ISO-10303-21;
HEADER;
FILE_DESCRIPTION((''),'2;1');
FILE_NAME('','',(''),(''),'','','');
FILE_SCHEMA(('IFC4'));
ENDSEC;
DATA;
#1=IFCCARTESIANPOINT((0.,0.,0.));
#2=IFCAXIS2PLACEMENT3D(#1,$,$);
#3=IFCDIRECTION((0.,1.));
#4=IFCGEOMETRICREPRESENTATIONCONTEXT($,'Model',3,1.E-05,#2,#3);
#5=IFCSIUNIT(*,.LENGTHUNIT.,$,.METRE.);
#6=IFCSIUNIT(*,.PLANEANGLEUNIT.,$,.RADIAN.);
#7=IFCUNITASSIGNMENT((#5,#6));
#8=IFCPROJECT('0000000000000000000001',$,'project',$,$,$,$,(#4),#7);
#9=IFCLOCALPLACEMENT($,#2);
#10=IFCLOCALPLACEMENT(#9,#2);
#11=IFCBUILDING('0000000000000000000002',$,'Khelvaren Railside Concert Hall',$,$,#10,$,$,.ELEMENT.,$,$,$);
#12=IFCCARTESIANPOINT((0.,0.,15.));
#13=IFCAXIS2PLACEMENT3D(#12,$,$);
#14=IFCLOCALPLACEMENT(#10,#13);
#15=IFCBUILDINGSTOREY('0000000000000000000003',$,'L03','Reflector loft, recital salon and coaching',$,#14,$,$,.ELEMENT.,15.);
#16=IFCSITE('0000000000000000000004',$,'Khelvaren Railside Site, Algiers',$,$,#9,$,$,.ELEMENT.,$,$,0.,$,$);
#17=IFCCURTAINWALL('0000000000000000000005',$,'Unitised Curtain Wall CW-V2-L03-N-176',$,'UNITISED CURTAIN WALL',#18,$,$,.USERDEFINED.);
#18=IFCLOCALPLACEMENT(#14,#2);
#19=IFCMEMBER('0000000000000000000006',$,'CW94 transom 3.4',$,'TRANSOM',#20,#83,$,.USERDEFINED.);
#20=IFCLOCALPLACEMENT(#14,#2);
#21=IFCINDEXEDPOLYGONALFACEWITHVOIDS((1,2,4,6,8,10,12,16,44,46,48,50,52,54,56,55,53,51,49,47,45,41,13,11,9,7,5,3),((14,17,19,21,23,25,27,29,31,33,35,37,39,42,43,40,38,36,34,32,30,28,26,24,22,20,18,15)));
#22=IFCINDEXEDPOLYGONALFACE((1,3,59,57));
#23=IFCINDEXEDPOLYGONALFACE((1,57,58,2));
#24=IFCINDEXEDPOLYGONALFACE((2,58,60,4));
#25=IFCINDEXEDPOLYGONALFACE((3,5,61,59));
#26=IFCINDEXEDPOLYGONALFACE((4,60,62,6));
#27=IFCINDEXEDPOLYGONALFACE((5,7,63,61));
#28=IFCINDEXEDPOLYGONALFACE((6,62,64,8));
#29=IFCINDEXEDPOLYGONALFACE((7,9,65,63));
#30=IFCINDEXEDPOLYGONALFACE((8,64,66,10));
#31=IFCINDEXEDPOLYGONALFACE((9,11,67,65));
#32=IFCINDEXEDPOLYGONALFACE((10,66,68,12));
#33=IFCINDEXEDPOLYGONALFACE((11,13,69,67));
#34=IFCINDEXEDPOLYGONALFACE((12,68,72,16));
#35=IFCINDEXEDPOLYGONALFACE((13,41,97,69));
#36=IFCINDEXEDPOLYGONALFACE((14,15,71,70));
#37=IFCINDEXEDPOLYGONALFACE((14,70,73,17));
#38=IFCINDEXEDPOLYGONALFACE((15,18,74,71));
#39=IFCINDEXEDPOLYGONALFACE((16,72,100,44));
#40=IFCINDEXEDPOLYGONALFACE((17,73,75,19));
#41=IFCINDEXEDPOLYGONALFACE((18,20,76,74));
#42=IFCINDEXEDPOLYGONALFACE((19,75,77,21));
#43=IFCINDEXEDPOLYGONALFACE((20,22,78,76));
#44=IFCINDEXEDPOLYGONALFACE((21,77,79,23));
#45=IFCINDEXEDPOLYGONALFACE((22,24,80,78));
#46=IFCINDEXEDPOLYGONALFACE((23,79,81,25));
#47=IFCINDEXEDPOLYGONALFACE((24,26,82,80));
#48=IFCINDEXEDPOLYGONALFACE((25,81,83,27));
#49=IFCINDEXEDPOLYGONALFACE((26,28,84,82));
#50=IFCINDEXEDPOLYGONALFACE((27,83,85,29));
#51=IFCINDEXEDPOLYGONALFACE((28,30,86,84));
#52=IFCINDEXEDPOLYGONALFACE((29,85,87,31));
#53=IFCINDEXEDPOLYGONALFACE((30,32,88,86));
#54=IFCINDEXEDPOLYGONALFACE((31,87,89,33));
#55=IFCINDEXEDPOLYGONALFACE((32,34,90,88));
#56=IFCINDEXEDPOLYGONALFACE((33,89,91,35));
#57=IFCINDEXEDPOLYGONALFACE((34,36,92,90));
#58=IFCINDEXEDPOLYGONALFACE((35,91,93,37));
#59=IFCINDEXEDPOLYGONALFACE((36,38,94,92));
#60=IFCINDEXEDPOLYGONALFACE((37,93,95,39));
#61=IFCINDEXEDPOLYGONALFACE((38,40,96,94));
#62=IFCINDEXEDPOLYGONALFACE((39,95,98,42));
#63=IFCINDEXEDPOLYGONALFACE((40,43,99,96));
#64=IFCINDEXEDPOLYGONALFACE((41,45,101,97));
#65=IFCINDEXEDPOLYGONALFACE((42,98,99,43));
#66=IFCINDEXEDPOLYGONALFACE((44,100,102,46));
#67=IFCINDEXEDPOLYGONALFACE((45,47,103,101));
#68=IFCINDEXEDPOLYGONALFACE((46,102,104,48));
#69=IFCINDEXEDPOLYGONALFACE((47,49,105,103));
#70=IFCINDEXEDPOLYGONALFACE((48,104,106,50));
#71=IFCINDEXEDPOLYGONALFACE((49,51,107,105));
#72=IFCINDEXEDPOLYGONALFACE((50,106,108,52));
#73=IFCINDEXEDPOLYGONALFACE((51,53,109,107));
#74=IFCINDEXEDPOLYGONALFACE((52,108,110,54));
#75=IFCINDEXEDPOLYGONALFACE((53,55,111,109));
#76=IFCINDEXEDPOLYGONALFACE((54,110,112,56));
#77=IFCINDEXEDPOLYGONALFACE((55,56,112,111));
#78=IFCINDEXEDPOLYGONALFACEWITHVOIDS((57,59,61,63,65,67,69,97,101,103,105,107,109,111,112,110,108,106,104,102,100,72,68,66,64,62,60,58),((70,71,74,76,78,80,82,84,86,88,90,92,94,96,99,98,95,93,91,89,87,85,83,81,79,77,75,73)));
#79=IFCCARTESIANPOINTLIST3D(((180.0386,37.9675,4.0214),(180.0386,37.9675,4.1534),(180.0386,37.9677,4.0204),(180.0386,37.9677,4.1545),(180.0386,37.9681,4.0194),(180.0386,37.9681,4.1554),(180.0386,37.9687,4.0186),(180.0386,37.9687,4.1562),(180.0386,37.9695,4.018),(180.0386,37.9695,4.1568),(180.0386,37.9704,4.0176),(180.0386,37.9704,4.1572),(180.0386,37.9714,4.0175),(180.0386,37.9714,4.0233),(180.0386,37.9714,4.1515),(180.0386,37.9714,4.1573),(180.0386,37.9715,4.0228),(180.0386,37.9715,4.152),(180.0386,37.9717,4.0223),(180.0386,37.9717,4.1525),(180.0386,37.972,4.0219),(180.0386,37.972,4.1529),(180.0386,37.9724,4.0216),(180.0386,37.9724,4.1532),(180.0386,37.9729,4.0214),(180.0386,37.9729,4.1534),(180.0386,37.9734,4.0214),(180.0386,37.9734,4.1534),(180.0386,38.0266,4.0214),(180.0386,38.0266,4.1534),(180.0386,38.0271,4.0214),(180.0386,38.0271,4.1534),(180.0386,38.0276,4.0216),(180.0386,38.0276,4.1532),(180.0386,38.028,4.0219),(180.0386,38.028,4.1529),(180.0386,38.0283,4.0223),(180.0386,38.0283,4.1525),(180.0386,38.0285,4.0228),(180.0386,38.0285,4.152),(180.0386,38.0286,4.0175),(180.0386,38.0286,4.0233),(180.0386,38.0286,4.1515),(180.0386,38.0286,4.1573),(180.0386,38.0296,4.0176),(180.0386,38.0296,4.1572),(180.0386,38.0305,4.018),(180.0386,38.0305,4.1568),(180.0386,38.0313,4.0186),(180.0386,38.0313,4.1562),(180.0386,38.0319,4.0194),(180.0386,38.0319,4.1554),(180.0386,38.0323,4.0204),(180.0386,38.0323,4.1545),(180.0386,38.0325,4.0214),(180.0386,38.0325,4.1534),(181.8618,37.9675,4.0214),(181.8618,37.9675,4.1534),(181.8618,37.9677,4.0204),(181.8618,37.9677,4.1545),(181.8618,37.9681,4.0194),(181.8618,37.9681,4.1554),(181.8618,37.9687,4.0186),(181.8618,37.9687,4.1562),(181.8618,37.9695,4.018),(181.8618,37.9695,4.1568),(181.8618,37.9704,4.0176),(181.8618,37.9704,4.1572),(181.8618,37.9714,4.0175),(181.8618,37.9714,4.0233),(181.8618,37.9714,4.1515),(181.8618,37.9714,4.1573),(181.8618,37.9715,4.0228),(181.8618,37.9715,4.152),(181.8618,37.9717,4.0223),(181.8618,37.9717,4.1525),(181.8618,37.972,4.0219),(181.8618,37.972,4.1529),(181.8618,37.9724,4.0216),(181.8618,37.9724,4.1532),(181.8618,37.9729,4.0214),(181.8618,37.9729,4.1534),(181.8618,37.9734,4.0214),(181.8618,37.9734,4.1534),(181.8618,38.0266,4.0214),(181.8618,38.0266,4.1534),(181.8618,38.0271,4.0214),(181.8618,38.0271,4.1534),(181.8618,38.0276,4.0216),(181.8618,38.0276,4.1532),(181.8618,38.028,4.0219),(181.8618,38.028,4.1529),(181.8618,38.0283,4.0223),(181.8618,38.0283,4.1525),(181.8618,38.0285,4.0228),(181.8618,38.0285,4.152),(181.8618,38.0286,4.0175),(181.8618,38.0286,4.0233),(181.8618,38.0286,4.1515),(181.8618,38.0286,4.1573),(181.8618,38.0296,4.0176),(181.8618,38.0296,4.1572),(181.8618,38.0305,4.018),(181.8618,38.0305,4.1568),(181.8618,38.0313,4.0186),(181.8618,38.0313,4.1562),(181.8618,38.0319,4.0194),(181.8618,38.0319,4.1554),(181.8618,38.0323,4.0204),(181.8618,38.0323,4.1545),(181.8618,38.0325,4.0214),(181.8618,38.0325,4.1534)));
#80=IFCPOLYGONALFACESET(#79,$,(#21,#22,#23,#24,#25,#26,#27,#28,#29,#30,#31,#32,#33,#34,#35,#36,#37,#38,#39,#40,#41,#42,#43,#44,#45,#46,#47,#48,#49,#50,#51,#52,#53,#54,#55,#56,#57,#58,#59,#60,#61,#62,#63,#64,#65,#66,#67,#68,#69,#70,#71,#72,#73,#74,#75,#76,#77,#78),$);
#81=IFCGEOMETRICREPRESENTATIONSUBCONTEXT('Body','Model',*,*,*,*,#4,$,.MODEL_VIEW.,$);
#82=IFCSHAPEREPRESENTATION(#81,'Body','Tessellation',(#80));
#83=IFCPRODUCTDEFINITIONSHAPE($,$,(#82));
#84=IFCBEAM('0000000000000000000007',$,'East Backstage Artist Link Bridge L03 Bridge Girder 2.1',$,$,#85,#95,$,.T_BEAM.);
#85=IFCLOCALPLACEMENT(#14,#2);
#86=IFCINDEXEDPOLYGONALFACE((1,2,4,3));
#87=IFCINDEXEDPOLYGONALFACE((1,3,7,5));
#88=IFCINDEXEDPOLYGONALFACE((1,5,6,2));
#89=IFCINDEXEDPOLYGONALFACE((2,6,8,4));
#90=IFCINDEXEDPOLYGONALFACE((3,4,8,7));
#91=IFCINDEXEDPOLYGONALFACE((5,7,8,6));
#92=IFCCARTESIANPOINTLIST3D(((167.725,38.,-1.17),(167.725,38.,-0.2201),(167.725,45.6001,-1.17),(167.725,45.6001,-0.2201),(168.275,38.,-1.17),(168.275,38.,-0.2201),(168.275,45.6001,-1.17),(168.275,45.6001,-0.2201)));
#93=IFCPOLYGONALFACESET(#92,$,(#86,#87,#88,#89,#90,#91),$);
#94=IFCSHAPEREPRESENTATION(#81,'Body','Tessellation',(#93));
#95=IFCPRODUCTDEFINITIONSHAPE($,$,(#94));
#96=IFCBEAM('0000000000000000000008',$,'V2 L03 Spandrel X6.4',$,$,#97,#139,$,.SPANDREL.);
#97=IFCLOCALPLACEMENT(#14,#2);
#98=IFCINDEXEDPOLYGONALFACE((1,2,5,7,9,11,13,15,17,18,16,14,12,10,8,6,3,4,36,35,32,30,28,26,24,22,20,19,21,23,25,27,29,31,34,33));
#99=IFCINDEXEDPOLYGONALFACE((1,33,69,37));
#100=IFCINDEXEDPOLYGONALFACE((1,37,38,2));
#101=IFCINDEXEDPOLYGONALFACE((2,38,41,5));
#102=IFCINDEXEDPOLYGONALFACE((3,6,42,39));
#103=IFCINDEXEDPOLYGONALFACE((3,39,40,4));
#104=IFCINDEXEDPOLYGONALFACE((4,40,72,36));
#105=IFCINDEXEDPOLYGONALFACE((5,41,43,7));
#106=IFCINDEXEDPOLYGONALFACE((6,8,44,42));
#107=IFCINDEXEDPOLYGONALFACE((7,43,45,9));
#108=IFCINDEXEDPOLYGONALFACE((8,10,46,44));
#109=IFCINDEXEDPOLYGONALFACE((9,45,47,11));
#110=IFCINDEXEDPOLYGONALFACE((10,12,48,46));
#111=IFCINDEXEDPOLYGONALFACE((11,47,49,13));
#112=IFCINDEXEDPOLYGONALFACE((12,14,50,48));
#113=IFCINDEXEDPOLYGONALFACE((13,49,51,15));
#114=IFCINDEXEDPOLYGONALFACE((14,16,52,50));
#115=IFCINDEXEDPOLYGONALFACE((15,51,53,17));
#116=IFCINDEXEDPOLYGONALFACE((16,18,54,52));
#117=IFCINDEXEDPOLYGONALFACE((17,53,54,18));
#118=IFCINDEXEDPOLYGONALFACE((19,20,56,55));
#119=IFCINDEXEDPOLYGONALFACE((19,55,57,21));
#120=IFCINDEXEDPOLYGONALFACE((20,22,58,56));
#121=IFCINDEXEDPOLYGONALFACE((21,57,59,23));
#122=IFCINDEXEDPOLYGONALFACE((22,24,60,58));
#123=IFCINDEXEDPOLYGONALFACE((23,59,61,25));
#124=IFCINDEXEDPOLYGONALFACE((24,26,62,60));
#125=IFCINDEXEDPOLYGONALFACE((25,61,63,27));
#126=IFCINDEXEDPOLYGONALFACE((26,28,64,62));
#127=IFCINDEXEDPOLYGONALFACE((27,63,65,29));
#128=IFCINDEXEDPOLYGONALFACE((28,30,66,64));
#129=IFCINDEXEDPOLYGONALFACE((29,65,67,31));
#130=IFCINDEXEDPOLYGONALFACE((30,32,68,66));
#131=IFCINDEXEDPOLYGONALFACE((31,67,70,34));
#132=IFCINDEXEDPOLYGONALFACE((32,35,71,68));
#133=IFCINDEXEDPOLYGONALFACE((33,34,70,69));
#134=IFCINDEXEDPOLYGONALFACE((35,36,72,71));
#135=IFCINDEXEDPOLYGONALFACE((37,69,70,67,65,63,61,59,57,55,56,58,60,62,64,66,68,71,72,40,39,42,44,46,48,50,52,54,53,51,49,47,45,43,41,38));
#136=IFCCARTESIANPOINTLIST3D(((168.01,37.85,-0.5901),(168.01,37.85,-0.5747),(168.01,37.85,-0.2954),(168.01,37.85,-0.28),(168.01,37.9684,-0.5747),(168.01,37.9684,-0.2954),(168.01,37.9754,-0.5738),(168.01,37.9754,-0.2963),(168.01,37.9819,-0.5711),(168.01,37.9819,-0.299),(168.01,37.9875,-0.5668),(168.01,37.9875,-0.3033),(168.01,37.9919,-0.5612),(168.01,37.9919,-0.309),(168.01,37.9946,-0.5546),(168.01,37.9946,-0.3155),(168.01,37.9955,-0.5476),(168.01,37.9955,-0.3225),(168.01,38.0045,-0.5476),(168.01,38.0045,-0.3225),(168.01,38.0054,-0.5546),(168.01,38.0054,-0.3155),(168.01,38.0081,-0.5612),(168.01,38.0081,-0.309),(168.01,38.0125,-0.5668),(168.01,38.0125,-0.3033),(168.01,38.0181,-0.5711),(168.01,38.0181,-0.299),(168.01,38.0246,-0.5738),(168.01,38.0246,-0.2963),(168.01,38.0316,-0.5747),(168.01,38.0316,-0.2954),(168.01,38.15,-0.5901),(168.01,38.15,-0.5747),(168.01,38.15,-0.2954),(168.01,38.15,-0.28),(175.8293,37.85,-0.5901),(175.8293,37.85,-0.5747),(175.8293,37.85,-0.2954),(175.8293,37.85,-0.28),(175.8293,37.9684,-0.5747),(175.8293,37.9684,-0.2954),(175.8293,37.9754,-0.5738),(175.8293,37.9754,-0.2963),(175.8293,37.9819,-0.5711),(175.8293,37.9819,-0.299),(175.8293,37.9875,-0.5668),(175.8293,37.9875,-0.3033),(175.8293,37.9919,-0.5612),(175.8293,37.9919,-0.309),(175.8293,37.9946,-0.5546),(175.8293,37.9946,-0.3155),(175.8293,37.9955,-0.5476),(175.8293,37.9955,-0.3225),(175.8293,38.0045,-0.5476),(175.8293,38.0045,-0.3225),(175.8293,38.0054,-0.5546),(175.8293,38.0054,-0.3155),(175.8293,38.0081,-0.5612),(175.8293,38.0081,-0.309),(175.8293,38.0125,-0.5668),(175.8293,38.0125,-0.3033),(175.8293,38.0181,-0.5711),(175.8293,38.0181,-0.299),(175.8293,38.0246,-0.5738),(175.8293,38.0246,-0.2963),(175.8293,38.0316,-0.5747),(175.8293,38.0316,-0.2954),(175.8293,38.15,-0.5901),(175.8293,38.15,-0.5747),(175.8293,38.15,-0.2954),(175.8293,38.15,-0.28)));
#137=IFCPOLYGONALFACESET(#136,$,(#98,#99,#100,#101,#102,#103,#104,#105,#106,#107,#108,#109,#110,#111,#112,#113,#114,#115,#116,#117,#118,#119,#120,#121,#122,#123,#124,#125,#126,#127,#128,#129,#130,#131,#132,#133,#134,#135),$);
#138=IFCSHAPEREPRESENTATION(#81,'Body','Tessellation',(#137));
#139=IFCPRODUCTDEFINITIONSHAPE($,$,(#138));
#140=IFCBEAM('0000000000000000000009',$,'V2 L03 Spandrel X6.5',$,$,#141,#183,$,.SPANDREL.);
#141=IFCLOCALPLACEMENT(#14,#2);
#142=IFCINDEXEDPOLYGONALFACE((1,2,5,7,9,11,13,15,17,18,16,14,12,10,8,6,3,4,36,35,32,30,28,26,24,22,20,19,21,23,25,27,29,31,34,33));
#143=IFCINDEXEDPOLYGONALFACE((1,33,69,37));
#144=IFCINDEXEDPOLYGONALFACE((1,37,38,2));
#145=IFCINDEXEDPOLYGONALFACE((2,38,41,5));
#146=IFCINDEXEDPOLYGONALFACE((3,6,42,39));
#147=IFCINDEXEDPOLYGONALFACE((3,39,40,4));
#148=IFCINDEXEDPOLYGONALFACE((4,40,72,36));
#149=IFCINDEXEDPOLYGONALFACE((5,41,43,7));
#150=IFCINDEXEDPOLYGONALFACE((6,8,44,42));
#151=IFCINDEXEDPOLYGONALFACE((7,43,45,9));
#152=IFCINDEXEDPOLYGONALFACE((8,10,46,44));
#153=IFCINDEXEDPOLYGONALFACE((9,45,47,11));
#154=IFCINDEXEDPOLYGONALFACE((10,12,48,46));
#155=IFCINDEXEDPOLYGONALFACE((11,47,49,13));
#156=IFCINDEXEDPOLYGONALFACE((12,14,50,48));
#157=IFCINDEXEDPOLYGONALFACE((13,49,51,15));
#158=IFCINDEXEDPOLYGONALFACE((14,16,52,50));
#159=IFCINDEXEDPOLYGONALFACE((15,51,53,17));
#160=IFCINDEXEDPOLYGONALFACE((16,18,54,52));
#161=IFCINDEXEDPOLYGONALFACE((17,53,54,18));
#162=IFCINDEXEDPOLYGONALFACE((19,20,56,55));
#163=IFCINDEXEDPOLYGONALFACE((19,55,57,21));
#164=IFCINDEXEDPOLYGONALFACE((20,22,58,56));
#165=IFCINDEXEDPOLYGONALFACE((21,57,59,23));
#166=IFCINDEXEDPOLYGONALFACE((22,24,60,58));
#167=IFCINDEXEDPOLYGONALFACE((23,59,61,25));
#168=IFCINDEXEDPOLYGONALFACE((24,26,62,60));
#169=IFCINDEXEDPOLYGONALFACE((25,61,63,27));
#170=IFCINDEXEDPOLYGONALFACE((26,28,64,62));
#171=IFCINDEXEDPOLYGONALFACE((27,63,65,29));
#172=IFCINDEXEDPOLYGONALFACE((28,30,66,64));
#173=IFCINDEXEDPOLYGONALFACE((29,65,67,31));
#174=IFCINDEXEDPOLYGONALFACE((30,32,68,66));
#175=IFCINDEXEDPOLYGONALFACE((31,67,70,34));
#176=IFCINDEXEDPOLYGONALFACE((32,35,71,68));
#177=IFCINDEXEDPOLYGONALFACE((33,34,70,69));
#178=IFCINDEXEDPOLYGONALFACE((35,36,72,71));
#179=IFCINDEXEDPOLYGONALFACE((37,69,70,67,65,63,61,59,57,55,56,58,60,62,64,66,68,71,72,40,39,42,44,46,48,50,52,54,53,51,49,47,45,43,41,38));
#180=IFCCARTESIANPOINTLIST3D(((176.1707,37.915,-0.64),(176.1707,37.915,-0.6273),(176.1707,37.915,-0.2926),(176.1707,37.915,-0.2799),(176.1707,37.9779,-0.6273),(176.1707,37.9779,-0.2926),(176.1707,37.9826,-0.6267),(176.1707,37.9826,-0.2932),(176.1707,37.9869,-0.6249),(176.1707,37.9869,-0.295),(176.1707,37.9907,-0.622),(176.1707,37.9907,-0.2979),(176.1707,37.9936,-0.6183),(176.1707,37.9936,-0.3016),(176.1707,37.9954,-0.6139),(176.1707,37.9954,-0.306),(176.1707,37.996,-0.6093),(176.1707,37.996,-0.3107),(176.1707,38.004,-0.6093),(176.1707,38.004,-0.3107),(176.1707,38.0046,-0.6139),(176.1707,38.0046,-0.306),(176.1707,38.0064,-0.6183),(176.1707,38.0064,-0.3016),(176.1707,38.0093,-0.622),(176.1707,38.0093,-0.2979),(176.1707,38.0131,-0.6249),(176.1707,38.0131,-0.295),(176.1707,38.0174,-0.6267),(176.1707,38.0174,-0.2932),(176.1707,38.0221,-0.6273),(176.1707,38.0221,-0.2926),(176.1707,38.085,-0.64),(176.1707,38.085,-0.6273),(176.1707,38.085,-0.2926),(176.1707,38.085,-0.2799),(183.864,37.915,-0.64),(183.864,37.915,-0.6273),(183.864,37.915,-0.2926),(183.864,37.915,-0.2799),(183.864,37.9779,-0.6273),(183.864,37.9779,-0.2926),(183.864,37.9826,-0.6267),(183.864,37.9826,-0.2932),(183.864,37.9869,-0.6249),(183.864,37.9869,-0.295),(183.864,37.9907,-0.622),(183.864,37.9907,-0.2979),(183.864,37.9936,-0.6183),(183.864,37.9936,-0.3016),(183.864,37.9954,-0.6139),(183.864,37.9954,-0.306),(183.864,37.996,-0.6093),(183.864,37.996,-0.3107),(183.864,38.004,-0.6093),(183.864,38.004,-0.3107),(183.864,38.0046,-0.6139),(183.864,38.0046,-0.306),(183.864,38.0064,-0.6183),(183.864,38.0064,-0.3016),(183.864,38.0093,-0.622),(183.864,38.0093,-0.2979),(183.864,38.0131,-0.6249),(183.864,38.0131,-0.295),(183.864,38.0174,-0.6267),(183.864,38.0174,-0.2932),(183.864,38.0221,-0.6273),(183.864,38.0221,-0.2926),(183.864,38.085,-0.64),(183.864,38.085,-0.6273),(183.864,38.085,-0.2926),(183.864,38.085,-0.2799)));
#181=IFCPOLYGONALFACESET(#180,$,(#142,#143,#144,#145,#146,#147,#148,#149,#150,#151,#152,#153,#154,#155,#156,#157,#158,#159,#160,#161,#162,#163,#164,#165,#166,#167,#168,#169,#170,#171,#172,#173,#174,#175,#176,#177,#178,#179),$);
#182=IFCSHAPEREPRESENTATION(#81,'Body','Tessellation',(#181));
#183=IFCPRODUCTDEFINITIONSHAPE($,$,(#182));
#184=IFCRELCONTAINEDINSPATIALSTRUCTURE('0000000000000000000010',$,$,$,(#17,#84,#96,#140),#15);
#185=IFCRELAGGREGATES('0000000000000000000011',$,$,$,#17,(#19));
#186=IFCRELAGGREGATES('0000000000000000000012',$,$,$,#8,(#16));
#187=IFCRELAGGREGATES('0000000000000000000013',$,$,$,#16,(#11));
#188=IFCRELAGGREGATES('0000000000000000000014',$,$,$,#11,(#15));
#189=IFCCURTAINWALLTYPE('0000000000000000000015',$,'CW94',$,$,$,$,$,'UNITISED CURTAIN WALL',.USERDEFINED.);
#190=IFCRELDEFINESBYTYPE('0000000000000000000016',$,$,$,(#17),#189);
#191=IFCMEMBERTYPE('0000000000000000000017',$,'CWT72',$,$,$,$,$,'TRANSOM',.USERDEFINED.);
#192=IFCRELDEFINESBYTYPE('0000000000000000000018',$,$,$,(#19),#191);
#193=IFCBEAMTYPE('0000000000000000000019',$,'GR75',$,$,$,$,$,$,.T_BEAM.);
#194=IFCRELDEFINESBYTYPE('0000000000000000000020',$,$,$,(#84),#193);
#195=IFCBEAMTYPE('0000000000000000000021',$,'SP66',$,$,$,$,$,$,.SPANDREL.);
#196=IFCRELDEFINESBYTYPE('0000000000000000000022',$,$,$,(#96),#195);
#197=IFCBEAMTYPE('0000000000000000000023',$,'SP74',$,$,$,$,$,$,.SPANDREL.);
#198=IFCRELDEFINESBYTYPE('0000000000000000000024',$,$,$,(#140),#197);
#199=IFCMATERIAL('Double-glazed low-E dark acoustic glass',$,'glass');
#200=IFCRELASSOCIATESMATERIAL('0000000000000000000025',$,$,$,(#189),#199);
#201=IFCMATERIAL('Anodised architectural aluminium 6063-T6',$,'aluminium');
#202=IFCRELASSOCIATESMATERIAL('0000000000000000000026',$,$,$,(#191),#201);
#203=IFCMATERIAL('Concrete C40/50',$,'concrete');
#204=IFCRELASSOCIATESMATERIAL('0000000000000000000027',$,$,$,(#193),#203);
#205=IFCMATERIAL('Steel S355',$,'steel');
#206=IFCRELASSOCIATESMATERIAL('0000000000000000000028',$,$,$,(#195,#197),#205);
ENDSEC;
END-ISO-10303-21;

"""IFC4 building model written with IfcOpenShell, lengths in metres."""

from ifc_helpers import new_model, si_unit, direction, frame, origin, origin_2d, place, context, subcontext, project, spatial, rectangle, hollow_rectangle, i_section, extrude, material, material_profile, profile_set, type_object, element, aggregate, save


model = new_model("IFC4")

# Units and contexts
model_context = context("Model", 3, precision=1e-05, world=origin(), true_north=direction((0.0, 1.0)))
body_context = subcontext(model_context, "Body", "Model", "MODEL_VIEW")
ifc_project = project(units=[si_unit("LENGTHUNIT", "METRE"), si_unit("PLANEANGLEUNIT", "RADIAN")], contexts=[model_context])

# Site, building, storey
site_placement = place(None, origin())
site = spatial("IfcSite", under=ifc_project, at=site_placement, Name="Khelvaren Railside Site, Algiers", CompositionType="ELEMENT", RefElevation=0.0)
building_placement = place(site_placement, origin())
building = spatial("IfcBuilding", under=site, at=building_placement, Name="Khelvaren Railside Concert Hall", CompositionType="ELEMENT")
storey_placement = place(building_placement, frame((0.0, 0.0, 15.0)))
storey = spatial("IfcBuildingStorey", under=building, at=storey_placement, Name="L03", Description="Reflector loft, recital salon and coaching", CompositionType="ELEMENT", Elevation=15.0)

# Shared definitions
ifc_material_1 = material(Name="Steel S355", Category="steel")

# Shared definitions
ifc_material_2 = material(Name="Double-glazed low-E dark acoustic glass", Category="glass")
ifc_material_3 = material(Name="Anodised architectural aluminium 6063-T6", Category="aluminium")

# Curtain wall, member
curtain_wall_type_1 = type_object("IfcCurtainWallType", Name="CW94", ElementType="UNITISED CURTAIN WALL", PredefinedType="USERDEFINED", material=ifc_material_2)
curtain_wall_1_placement = place(storey_placement, origin())
curtain_wall_1 = element("IfcCurtainWall", 1, at=curtain_wall_1_placement, inside=storey, type_object=curtain_wall_type_1, Name="Unitised Curtain Wall CW-V2-L03-N-176", ObjectType="UNITISED CURTAIN WALL", PredefinedType="USERDEFINED")
ifc_material_profile_1 = material_profile(ifc_material_3, hollow_rectangle(XDim=0.0649, YDim=0.1399, WallThickness=0.0039, InnerFilletRadius=0.002, OuterFilletRadius=0.0039, at=origin_2d()), Name="CWT 65x140x4")
ifc_profile_set_1 = profile_set([ifc_material_profile_1], Name="Anodised architectural aluminium 6063-T6")
member_type_1 = type_object("IfcMemberType", Name="CWT72", ElementType="TRANSOM", PredefinedType="USERDEFINED", material=ifc_profile_set_1)
member_1_placement = place(storey_placement, frame((180.0386, 38.0, 4.0874), z_axis=(1.0, 0.0, 0.0), x_axis=(0.0, 1.0, 0.0)))
member_1 = element("IfcMember", 2, at=member_1_placement, type_object=member_type_1, Name="CW94 transom 3.4", ObjectType="TRANSOM", PredefinedType="USERDEFINED", context=body_context, shape_type="SweptSolid", body=[
    extrude(hollow_rectangle(XDim=0.0649, YDim=0.1399, WallThickness=0.0039, InnerFilletRadius=0.002, OuterFilletRadius=0.0039, at=origin_2d()), origin(), (0.0, 0.0, 1.0), 1.8232),
])

# Beams
ifc_material_4 = material(Name="Concrete C40/50", Category="concrete")
ifc_material_profile_2 = material_profile(ifc_material_4, rectangle(XDim=0.55, YDim=0.95, at=origin_2d()), Name="RCB 550x950")
ifc_profile_set_2 = profile_set([ifc_material_profile_2], Name="Concrete C40/50")
beam_type_1 = type_object("IfcBeamType", Name="GR75", PredefinedType="T_BEAM", material=ifc_profile_set_2)
beam_1_placement = place(storey_placement, frame((168.0, 38.0, -0.6951), z_axis=(0.0, 1.0, 0.0), x_axis=(-1.0, 0.0, 0.0)))
element("IfcBeam", 3, at=beam_1_placement, inside=storey, type_object=beam_type_1, Name="East Backstage Artist Link Bridge L03 Bridge Girder 2.1", PredefinedType="T_BEAM", context=body_context, shape_type="SweptSolid", body=[
    extrude(rectangle(XDim=0.55, YDim=0.95, at=origin_2d()), origin(), (0.0, 0.0, 1.0), 7.6001),
])
ifc_material_profile_3 = material_profile(ifc_material_1, i_section(OverallWidth=0.3, OverallDepth=0.3101, WebThickness=0.009, FlangeThickness=0.0154, FilletRadius=0.0271, at=origin_2d()), Name="HEA 320")
ifc_profile_set_3 = profile_set([ifc_material_profile_3], Name="Steel S355")
beam_type_2 = type_object("IfcBeamType", Name="SP66", PredefinedType="SPANDREL", material=ifc_profile_set_3)
beam_2_placement = place(storey_placement, frame((168.01, 38.0, -0.4351), z_axis=(1.0, 0.0, 0.0), x_axis=(0.0, 1.0, 0.0)))
element("IfcBeam", 4, at=beam_2_placement, inside=storey, type_object=beam_type_2, Name="V2 L03 Spandrel X6.4", PredefinedType="SPANDREL", context=body_context, shape_type="SweptSolid", body=[
    extrude(i_section(OverallWidth=0.3, OverallDepth=0.3101, WebThickness=0.009, FlangeThickness=0.0154, FilletRadius=0.0271, at=origin_2d()), origin(), (0.0, 0.0, 1.0), 7.8193),
])
ifc_material_profile_4 = material_profile(ifc_material_1, i_section(OverallWidth=0.1699, OverallDepth=0.3601, WebThickness=0.0081, FlangeThickness=0.0127, FilletRadius=0.0181, at=origin_2d()), Name="IPE 360")
ifc_profile_set_4 = profile_set([ifc_material_profile_4], Name="Steel S355")
beam_type_3 = type_object("IfcBeamType", Name="SP74", PredefinedType="SPANDREL", material=ifc_profile_set_4)
beam_3_placement = place(storey_placement, frame((176.1707, 38.0, -0.46), z_axis=(1.0, 0.0, 0.0), x_axis=(0.0, 1.0, 0.0)))
element("IfcBeam", 5, at=beam_3_placement, inside=storey, type_object=beam_type_3, Name="V2 L03 Spandrel X6.5", PredefinedType="SPANDREL", context=body_context, shape_type="SweptSolid", body=[
    extrude(i_section(OverallWidth=0.1699, OverallDepth=0.3601, WebThickness=0.0081, FlangeThickness=0.0127, FilletRadius=0.0181, at=origin_2d()), origin(), (0.0, 0.0, 1.0), 7.6934),
])

aggregate(curtain_wall_1, [member_1])

save(model, "model.ifc")
